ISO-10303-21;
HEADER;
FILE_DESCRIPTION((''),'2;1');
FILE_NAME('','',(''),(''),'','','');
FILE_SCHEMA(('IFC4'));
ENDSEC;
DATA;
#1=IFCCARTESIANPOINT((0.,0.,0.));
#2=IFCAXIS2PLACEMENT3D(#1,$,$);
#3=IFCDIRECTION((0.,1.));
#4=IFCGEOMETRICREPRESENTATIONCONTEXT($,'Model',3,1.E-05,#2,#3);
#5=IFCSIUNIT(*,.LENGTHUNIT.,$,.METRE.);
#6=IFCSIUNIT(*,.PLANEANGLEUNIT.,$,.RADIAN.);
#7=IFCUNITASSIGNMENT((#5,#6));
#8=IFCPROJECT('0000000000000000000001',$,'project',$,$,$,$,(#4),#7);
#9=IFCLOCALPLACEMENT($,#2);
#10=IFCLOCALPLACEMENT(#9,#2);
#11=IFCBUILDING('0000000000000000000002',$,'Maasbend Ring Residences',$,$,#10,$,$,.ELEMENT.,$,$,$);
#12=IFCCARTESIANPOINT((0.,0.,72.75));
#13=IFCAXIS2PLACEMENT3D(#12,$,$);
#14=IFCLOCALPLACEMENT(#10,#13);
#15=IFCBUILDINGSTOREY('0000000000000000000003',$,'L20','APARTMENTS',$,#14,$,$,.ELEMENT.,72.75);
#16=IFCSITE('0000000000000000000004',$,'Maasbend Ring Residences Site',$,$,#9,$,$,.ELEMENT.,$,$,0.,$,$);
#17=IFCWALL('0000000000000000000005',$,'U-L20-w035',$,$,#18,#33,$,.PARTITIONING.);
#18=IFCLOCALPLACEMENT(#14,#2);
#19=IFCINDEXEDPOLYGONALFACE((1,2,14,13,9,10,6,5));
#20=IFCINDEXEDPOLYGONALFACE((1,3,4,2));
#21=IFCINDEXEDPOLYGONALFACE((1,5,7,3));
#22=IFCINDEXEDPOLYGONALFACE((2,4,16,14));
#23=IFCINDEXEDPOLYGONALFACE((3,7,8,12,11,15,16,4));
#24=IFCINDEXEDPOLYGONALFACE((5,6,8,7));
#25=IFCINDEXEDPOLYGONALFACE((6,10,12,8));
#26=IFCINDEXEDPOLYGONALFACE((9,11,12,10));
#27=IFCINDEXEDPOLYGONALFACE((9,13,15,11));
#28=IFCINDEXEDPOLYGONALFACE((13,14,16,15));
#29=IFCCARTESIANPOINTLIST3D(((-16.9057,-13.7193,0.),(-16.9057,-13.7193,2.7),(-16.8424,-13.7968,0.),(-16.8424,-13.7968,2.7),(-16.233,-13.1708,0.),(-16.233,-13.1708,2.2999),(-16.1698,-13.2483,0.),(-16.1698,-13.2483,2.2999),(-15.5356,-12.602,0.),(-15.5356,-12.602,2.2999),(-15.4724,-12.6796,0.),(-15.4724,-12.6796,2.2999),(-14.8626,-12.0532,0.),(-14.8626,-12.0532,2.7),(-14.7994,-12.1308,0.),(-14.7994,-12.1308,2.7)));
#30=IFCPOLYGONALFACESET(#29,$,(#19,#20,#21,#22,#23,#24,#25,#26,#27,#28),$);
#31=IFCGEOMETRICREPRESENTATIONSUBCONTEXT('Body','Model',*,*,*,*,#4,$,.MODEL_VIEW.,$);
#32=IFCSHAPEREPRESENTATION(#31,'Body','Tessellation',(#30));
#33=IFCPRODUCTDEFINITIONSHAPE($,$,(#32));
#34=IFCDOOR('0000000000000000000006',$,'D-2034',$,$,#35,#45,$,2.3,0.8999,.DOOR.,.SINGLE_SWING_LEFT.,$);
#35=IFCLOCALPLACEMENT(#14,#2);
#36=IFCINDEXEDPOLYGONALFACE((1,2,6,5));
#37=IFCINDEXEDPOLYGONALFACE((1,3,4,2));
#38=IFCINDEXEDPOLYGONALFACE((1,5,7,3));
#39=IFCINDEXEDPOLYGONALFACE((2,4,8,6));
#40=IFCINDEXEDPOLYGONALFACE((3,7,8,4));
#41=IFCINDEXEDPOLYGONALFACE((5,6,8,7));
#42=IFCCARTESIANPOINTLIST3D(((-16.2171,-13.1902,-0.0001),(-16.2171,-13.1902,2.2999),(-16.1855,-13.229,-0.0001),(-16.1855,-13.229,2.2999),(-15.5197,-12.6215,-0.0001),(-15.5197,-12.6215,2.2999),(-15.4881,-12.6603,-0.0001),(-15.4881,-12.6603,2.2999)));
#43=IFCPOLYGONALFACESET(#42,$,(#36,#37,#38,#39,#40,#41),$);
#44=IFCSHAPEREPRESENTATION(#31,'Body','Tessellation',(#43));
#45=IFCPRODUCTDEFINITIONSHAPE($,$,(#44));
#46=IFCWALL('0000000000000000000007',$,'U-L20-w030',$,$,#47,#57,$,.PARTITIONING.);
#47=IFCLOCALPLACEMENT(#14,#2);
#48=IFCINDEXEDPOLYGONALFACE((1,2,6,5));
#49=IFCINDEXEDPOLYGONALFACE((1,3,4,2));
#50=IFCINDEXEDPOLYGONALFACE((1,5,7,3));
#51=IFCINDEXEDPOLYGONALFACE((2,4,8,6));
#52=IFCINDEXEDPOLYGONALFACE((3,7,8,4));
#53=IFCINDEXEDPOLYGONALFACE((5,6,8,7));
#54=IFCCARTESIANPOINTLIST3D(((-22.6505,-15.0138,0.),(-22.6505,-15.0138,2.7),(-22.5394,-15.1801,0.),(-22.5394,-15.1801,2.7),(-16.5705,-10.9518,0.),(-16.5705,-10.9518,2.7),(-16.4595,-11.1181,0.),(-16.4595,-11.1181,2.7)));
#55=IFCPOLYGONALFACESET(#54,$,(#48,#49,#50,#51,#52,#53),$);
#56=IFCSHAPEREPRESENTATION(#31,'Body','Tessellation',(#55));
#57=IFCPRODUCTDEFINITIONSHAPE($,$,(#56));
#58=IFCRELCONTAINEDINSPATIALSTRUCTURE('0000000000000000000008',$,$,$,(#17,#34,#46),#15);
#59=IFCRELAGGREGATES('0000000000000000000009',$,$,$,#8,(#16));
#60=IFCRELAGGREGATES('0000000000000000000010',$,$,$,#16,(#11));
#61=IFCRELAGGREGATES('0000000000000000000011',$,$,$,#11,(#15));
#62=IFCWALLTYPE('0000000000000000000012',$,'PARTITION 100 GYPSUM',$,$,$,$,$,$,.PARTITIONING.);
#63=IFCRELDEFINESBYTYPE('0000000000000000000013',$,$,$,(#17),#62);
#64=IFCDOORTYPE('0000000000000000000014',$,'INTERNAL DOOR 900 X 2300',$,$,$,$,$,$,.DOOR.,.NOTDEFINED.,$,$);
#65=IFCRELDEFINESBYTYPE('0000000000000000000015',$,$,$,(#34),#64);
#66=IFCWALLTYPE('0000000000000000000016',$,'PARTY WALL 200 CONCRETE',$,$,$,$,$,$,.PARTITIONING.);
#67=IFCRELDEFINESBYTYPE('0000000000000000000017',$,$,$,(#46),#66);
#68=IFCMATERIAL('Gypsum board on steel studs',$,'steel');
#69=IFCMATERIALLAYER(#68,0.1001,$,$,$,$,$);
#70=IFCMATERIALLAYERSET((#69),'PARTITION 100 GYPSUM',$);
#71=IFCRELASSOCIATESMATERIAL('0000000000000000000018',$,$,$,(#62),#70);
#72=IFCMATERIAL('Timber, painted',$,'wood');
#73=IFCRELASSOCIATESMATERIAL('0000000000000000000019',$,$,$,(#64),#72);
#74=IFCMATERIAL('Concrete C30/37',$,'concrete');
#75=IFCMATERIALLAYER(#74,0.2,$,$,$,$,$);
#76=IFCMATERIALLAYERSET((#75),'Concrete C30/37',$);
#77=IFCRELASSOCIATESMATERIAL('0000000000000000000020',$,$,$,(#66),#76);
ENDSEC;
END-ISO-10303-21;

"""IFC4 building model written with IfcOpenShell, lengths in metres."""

from ifc_helpers import new_model, si_unit, direction, frame, frame_2d, origin, place, context, subcontext, project, spatial, rectangle, extrude, material, layer, layer_set, type_object, element, fill, save


model = new_model("IFC4")

# Units and contexts
model_context = context("Model", 3, precision=1e-05, world=origin(), true_north=direction((0.0, 1.0)))
body_context = subcontext(model_context, "Body", "Model", "MODEL_VIEW")
ifc_project = project(units=[si_unit("LENGTHUNIT", "METRE"), si_unit("PLANEANGLEUNIT", "RADIAN")], contexts=[model_context])

# Site, building, storey
site_placement = place(None, origin())
site = spatial("IfcSite", under=ifc_project, at=site_placement, Name="Maasbend Ring Residences Site", CompositionType="ELEMENT", RefElevation=0.0)
building_placement = place(site_placement, origin())
building = spatial("IfcBuilding", under=site, at=building_placement, Name="Maasbend Ring Residences", CompositionType="ELEMENT")
storey_placement = place(building_placement, frame((0.0, 0.0, 72.75)))
storey = spatial("IfcBuildingStorey", under=building, at=storey_placement, Name="L20", Description="APARTMENTS", CompositionType="ELEMENT", Elevation=72.75)

# Shared definitions
ifc_material_1 = material(Name="Gypsum board on steel studs", Category="steel")
ifc_layer_1 = layer(ifc_material_1, 0.1001)
ifc_layer_set_1 = layer_set([ifc_layer_1], Name="PARTITION 100 GYPSUM")
wall_type_1 = type_object("IfcWallType", Name="PARTITION 100 GYPSUM", PredefinedType="PARTITIONING", material=ifc_layer_set_1)

# Wall, opening, door
wall_1_placement = place(storey_placement, frame((-16.874, -13.7581, 0.0), z_axis=(0.0, 0.0, 1.0), x_axis=(0.77498, 0.631986, 0.0)))
wall_1 = element("IfcWall", 1, at=wall_1_placement, inside=storey, type_object=wall_type_1, Name="U-L20-w035", PredefinedType="PARTITIONING", context=body_context, shape_type="SweptSolid", body=[
    extrude(rectangle(XDim=2.6362, YDim=0.1001, at=frame_2d((1.3181, 0.0))), origin(), (0.0, 0.0, 1.0), 2.7),
])
opening_1_placement = place(wall_1_placement, frame((0.8679, 0.0, 0.0)))
opening_1 = element("IfcOpeningElement", 2, at=opening_1_placement, cuts=wall_1, PredefinedType="OPENING", context=body_context, shape_type="SweptSolid", body=[
    extrude(rectangle(XDim=0.8999, YDim=2.3, at=frame_2d((0.45, 1.1499))), frame((0.0, 0.0601, 0.0), z_axis=(0.0, -1.0, 0.0), x_axis=(1.0, 0.0, 0.0)), (0.0, 0.0, 1.0), 0.1201),
])
ifc_material_2 = material(Name="Timber, painted", Category="wood")
door_type_1 = type_object("IfcDoorType", Name="INTERNAL DOOR 900 X 2300", OperationType="NOTDEFINED", PredefinedType="DOOR", material=ifc_material_2)
door_1_placement = place(opening_1_placement, origin())
door_1 = element("IfcDoor", 3, at=door_1_placement, inside=storey, type_object=door_type_1, Name="D-2034", OperationType="SINGLE_SWING_LEFT", OverallHeight=2.3, OverallWidth=0.8999, PredefinedType="DOOR", context=body_context, shape_type="SweptSolid", body=[
    extrude(rectangle(XDim=0.8999, YDim=2.3, at=frame_2d((0.45, 1.1499))), frame((0.0, 0.0249, 0.0), z_axis=(0.0, -1.0, 0.0), x_axis=(1.0, 0.0, 0.0)), (0.0, 0.0, 1.0), 0.05),
])
fill(opening_1, door_1)

# Wall
ifc_material_3 = material(Name="Concrete C30/37", Category="concrete")
ifc_layer_2 = layer(ifc_material_3, 0.2)
ifc_layer_set_2 = layer_set([ifc_layer_2], Name="Concrete C30/37")
wall_type_2 = type_object("IfcWallType", Name="PARTY WALL 200 CONCRETE", PredefinedType="PARTITIONING", material=ifc_layer_set_2)
wall_2_placement = place(storey_placement, frame((-22.595, -15.0969, 0.0), z_axis=(0.0, 0.0, 1.0), x_axis=(0.831505, 0.555517, 0.0)))
element("IfcWall", 4, at=wall_2_placement, inside=storey, type_object=wall_type_2, Name="U-L20-w030", PredefinedType="PARTITIONING", context=body_context, shape_type="SweptSolid", body=[
    extrude(rectangle(XDim=7.312, YDim=0.2, at=frame_2d((3.656, 0.0))), origin(), (0.0, 0.0, 1.0), 2.7),
])

save(model, "model.ifc")
